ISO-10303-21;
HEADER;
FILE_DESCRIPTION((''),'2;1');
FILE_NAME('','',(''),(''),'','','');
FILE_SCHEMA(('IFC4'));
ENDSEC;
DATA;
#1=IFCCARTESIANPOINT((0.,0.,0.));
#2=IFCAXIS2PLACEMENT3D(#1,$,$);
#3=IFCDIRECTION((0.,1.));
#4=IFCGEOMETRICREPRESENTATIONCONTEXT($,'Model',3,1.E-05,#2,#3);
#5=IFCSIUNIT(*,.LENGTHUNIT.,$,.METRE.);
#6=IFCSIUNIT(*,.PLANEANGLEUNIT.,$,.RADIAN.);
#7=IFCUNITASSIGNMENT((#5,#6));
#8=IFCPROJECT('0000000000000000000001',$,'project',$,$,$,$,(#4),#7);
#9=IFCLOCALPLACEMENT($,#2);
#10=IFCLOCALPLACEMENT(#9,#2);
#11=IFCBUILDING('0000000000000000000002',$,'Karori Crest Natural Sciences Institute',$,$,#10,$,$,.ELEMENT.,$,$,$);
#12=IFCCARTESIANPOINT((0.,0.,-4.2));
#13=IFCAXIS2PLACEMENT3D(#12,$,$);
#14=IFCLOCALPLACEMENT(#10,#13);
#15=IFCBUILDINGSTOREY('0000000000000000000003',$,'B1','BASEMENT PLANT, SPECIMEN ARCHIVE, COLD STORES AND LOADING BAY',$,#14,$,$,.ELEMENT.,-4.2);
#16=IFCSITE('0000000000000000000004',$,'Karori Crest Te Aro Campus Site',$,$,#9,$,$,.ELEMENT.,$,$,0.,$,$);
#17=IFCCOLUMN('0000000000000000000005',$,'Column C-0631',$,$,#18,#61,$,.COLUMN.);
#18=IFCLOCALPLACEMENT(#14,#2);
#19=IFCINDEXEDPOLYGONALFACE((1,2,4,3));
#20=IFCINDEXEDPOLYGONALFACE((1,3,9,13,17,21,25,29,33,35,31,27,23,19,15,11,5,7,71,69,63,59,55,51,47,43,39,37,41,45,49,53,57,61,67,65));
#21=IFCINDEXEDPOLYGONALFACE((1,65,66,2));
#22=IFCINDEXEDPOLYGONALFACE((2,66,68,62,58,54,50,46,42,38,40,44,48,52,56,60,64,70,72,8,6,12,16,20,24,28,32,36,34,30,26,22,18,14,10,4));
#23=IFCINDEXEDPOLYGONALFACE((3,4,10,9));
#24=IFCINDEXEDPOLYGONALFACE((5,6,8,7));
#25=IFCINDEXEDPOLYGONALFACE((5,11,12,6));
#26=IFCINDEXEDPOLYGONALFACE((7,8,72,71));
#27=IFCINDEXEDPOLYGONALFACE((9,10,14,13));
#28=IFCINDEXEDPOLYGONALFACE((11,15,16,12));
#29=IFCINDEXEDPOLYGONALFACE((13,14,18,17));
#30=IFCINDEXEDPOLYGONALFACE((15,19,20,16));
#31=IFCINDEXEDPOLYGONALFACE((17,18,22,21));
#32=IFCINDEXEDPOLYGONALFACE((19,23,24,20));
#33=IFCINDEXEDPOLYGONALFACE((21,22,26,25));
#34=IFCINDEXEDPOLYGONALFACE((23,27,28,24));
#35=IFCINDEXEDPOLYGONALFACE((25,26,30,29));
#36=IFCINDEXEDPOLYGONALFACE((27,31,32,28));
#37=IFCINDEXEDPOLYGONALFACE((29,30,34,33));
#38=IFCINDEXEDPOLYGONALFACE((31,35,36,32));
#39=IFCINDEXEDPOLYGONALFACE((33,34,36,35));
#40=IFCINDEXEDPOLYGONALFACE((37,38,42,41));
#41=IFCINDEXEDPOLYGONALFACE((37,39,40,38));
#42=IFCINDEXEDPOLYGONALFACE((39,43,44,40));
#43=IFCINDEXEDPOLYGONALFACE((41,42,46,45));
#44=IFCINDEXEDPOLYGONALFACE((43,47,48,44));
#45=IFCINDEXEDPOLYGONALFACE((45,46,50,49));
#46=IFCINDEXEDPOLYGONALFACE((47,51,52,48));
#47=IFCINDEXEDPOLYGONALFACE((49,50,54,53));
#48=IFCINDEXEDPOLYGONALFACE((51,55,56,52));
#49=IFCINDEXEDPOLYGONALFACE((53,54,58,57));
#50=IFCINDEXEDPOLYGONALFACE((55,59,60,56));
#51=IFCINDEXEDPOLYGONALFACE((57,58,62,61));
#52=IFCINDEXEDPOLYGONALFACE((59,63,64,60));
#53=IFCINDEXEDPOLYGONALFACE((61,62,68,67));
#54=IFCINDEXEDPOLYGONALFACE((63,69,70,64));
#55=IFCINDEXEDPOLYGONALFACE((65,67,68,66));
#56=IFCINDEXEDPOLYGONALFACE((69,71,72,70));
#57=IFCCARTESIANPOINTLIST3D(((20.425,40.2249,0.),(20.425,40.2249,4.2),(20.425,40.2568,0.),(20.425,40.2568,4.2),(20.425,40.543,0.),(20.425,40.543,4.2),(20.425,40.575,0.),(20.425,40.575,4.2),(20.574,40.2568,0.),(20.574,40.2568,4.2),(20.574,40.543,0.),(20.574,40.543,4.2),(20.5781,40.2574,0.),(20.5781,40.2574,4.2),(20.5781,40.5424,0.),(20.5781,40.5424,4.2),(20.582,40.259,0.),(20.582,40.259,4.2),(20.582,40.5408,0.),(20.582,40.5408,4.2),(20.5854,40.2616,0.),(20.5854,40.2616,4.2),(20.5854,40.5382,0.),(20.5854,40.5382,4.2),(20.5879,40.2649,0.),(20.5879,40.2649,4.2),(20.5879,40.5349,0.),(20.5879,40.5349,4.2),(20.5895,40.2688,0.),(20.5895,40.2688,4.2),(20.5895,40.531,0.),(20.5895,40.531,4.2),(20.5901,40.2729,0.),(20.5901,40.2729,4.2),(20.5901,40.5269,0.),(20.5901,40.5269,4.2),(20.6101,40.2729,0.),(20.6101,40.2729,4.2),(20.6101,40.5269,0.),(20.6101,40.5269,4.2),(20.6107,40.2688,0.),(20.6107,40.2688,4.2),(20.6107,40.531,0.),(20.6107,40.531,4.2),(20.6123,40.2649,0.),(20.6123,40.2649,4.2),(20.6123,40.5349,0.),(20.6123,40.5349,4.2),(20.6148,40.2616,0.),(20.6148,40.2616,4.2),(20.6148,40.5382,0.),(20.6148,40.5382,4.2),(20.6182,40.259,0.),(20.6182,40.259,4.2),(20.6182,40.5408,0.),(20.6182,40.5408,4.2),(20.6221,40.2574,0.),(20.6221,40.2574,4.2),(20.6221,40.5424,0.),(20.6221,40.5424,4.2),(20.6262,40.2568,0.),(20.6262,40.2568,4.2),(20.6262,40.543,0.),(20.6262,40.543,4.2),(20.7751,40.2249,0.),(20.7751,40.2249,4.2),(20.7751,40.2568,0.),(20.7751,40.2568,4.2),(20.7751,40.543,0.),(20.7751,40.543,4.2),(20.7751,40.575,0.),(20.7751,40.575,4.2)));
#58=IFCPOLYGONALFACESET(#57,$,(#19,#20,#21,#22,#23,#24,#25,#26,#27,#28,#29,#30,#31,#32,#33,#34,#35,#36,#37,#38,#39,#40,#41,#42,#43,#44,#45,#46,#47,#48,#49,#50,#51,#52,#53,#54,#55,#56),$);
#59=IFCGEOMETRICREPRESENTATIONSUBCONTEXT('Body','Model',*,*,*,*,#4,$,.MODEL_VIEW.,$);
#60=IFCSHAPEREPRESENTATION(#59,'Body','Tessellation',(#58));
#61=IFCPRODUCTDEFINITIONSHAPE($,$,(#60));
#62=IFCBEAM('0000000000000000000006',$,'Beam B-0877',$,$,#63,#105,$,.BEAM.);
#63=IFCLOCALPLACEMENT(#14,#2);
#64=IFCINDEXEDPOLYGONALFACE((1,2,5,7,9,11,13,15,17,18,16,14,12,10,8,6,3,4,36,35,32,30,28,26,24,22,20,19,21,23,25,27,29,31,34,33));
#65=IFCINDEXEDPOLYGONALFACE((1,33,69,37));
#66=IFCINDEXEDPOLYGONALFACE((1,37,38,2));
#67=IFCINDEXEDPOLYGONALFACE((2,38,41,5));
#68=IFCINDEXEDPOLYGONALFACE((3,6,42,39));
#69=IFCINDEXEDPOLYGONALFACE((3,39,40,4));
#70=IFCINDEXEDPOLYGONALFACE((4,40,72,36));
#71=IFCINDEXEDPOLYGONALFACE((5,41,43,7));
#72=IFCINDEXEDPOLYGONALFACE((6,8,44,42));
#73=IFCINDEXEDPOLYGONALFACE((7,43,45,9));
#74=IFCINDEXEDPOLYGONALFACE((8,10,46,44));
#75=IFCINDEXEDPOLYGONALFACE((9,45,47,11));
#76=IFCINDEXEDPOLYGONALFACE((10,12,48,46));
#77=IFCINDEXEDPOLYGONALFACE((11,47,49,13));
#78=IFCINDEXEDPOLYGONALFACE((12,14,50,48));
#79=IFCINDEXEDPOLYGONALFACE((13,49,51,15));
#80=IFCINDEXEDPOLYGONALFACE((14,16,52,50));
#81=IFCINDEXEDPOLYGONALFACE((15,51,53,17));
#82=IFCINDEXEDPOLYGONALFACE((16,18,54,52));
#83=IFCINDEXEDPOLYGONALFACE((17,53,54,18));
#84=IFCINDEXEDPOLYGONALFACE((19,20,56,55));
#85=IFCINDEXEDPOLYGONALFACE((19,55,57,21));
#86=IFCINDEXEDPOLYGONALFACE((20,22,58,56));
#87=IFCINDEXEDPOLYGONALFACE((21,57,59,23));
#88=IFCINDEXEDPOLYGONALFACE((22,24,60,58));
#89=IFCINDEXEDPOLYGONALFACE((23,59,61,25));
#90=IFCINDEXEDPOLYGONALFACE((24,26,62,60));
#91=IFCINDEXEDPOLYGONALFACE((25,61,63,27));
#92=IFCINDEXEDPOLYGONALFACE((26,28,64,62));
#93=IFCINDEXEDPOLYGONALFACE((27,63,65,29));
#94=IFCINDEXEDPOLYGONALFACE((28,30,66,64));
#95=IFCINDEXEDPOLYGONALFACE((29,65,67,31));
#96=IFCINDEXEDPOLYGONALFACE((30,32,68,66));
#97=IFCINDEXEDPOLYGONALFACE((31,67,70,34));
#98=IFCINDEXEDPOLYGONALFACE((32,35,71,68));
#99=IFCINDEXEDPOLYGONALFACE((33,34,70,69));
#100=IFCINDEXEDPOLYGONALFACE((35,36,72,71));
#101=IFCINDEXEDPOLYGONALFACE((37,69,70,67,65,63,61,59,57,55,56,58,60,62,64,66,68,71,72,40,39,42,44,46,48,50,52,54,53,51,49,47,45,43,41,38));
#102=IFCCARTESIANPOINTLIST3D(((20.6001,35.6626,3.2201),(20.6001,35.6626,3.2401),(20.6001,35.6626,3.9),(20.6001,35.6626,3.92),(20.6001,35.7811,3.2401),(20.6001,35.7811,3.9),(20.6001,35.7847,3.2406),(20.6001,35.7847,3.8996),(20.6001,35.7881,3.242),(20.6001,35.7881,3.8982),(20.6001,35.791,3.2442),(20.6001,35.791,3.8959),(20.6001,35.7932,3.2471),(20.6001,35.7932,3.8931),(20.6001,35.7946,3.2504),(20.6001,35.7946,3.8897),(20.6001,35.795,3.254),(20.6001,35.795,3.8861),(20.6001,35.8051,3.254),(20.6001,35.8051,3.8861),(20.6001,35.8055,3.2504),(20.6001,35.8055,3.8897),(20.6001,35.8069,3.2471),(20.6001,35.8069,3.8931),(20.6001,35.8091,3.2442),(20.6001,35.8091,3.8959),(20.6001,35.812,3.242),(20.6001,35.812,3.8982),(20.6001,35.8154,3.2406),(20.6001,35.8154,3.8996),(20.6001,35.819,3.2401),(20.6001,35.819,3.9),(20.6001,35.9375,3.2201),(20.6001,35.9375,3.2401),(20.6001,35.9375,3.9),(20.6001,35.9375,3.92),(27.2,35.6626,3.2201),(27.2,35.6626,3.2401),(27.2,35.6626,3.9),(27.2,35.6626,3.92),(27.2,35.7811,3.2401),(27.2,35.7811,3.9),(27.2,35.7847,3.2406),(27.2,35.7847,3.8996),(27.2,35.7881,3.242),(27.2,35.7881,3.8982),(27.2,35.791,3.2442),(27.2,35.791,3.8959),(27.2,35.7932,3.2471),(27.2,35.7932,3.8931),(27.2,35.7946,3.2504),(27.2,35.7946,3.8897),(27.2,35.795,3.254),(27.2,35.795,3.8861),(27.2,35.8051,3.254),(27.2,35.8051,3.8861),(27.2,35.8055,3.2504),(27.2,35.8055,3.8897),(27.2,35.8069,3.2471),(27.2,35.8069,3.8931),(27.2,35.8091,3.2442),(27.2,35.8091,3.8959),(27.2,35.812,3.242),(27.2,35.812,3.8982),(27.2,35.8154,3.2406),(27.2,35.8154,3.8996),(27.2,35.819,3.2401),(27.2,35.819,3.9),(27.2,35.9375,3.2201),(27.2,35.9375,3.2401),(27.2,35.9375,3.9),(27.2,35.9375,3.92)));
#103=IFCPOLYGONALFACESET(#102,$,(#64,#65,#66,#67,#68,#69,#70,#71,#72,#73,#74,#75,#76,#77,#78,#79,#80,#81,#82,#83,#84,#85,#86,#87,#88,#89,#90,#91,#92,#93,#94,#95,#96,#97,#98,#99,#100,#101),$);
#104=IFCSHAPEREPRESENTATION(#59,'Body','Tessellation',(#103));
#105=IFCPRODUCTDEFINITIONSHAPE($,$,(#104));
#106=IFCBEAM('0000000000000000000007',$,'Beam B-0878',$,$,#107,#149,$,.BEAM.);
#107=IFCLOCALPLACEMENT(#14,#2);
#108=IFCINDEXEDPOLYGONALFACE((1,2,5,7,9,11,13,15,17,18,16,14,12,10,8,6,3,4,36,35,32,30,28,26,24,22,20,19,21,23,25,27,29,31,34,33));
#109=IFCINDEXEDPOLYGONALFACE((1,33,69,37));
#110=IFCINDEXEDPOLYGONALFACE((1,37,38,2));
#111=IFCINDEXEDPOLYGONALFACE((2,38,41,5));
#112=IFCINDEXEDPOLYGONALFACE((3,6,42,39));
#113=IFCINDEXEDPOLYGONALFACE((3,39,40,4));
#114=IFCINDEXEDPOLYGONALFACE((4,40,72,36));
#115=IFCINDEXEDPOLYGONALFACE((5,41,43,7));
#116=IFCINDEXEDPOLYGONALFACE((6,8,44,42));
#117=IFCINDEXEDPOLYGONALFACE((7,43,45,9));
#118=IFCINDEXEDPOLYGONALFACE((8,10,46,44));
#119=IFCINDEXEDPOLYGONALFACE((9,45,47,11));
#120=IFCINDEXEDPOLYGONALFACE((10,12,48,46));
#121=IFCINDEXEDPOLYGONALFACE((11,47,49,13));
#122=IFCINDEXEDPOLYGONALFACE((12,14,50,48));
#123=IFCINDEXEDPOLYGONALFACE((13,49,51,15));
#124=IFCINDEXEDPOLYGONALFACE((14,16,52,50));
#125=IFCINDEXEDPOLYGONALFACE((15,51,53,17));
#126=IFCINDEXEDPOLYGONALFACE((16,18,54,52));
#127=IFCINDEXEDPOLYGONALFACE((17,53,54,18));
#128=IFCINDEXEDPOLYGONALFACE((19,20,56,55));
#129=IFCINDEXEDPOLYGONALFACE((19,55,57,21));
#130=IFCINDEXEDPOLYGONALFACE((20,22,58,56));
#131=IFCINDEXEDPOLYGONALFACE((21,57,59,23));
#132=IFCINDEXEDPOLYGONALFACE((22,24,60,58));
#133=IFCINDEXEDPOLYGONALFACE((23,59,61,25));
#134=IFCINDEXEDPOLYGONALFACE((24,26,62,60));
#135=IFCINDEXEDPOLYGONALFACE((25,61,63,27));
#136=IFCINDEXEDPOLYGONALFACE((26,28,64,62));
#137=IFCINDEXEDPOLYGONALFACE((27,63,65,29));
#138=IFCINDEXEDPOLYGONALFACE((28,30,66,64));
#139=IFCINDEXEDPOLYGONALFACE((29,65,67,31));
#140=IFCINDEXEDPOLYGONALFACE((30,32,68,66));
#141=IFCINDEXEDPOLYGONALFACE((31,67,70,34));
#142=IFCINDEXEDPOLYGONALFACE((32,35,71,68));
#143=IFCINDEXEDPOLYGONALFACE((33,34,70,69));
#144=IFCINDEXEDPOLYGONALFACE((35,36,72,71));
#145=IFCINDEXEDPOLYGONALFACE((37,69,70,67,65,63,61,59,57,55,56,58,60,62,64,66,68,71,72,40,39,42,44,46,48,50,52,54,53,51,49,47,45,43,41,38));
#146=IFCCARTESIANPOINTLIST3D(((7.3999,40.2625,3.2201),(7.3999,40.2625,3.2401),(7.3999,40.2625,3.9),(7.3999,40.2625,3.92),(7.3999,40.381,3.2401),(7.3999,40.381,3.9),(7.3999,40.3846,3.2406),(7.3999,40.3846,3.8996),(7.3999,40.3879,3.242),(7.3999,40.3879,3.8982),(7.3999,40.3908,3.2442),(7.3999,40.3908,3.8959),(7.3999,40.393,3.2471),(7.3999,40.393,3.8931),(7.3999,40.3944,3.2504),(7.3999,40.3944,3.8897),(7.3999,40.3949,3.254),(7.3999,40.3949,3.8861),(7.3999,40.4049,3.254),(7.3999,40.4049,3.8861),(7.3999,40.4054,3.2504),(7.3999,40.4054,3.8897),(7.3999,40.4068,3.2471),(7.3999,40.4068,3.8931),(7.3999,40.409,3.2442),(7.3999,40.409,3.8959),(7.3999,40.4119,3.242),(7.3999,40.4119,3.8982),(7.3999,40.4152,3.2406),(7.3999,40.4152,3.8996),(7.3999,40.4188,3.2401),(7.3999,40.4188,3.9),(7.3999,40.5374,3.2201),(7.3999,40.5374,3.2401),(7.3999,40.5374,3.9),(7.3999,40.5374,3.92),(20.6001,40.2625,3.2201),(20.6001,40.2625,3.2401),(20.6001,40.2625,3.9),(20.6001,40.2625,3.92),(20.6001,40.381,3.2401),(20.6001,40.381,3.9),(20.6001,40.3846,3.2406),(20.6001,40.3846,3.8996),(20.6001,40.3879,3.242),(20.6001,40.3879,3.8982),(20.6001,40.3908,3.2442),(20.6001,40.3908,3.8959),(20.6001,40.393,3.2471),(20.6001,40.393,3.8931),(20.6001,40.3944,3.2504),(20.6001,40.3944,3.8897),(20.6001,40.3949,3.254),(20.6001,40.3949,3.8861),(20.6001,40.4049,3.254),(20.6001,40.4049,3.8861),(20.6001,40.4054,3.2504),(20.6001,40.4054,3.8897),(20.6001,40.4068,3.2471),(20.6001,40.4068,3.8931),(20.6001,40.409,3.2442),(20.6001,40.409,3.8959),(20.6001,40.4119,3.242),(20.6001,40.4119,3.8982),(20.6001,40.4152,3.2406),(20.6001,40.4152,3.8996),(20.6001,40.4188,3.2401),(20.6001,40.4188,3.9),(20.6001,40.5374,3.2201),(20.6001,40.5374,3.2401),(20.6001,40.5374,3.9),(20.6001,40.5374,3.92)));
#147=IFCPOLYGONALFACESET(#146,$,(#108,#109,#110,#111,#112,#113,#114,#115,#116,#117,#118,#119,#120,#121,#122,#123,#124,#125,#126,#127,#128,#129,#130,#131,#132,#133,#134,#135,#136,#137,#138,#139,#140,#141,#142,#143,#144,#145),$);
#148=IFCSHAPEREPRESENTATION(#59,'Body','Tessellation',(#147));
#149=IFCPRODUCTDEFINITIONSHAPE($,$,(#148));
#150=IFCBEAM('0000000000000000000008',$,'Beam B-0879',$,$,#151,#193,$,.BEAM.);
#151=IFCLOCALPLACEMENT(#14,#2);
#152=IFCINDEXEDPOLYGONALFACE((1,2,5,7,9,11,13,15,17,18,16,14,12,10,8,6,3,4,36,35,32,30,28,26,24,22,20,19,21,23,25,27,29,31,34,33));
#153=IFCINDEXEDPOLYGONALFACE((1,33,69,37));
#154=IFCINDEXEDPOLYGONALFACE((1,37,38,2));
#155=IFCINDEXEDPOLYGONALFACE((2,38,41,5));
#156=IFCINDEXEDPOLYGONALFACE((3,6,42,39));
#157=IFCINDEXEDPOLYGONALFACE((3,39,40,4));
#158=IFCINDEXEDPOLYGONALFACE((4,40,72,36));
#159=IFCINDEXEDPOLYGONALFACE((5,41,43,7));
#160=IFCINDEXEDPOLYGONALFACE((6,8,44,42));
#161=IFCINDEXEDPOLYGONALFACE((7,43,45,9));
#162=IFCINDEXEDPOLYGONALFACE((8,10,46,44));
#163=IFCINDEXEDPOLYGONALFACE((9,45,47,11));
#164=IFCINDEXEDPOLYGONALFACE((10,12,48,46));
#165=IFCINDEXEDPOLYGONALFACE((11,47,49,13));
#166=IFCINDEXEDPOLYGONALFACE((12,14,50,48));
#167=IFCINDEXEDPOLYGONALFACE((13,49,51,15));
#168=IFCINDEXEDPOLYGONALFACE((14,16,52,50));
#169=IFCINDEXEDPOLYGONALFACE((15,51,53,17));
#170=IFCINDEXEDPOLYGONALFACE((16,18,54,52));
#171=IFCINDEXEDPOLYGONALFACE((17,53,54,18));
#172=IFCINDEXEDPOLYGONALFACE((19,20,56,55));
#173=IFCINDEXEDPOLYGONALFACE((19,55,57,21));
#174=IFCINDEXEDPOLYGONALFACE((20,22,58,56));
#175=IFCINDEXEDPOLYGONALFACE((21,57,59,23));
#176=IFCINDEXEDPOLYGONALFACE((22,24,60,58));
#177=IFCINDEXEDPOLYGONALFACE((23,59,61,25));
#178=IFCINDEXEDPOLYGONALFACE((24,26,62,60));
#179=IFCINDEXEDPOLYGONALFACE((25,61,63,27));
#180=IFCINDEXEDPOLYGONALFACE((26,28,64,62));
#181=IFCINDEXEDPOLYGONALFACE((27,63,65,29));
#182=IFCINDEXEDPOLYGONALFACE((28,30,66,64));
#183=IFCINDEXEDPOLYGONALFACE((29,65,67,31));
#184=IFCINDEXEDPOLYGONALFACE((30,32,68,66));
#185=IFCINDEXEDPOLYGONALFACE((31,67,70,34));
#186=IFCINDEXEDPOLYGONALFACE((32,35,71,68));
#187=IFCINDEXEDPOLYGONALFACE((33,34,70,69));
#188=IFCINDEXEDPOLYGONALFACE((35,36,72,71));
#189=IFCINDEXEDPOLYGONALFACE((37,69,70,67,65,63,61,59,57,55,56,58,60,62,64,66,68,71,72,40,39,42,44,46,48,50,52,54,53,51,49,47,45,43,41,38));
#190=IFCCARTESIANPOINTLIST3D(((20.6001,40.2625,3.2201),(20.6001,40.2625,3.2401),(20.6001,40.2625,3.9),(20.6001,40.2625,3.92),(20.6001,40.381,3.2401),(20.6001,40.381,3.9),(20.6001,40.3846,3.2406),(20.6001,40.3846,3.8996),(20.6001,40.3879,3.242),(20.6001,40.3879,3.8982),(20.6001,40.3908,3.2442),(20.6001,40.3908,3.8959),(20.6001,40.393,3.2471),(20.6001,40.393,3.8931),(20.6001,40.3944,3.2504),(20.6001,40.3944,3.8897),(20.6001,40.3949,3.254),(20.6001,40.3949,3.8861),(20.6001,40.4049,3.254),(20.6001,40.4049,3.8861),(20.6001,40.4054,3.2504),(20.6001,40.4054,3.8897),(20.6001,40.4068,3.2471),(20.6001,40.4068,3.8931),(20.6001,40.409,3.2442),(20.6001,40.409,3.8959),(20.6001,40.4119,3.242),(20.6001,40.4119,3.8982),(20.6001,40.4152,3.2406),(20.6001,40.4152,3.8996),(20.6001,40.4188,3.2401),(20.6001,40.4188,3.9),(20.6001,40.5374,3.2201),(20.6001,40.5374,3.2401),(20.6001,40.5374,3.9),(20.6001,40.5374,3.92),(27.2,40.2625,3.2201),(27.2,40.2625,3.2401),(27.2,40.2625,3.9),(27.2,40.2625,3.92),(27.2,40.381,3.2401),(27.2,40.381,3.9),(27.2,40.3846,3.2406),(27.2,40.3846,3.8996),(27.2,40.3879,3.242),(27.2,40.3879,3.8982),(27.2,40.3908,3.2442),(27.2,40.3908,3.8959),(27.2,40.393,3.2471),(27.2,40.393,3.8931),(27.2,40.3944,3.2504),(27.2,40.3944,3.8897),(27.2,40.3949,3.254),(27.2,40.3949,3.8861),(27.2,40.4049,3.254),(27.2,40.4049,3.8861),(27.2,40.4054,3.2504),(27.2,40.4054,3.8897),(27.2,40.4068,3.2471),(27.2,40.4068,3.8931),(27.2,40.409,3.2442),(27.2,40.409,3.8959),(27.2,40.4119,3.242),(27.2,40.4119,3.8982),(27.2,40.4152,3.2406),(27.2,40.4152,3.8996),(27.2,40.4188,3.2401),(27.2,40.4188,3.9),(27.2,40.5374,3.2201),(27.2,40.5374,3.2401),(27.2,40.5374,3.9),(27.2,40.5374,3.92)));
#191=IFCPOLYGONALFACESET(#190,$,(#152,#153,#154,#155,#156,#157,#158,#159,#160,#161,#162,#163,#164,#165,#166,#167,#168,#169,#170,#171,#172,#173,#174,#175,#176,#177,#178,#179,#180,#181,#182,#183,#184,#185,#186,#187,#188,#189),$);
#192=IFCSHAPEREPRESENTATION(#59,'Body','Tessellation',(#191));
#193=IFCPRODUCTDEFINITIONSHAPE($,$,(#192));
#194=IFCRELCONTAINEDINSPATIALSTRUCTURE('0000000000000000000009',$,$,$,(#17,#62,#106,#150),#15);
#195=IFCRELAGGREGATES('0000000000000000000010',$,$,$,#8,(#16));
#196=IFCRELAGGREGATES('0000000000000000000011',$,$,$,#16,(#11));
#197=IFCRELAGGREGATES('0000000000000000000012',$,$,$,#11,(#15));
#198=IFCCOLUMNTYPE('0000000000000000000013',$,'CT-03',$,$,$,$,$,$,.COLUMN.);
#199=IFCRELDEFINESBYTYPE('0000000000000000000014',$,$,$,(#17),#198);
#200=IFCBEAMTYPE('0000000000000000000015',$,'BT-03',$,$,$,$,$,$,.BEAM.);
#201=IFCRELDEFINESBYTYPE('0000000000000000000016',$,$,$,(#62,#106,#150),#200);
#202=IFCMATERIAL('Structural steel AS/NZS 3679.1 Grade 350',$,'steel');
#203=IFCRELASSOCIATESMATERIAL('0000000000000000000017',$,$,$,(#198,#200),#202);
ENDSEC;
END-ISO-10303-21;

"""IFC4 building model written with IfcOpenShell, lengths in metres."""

from ifc_helpers import new_model, si_unit, direction, frame, origin, origin_2d, place, context, subcontext, project, spatial, i_section, extrude, material, material_profile, profile_set, type_object, element, save


model = new_model("IFC4")

# Units and contexts
model_context = context("Model", 3, precision=1e-05, world=origin(), true_north=direction((0.0, 1.0)))
body_context = subcontext(model_context, "Body", "Model", "MODEL_VIEW")
ifc_project = project(units=[si_unit("LENGTHUNIT", "METRE"), si_unit("PLANEANGLEUNIT", "RADIAN")], contexts=[model_context])

# Site, building, storey
site_placement = place(None, origin())
site = spatial("IfcSite", under=ifc_project, at=site_placement, Name="Karori Crest Te Aro Campus Site", CompositionType="ELEMENT", RefElevation=0.0)
building_placement = place(site_placement, origin())
building = spatial("IfcBuilding", under=site, at=building_placement, Name="Karori Crest Natural Sciences Institute", CompositionType="ELEMENT")
storey_placement = place(building_placement, frame((0.0, 0.0, -4.2)))
storey = spatial("IfcBuildingStorey", under=building, at=storey_placement, Name="B1", Description="BASEMENT PLANT, SPECIMEN ARCHIVE, COLD STORES AND LOADING BAY", CompositionType="ELEMENT", Elevation=-4.2)

# Column
ifc_material_1 = material(Name="Structural steel AS/NZS 3679.1 Grade 350", Category="steel")
ifc_material_profile_1 = material_profile(ifc_material_1, i_section(OverallWidth=0.3501, OverallDepth=0.3501, WebThickness=0.02, FlangeThickness=0.032, FilletRadius=0.0161, at=origin_2d()), Name="350WC280")
ifc_profile_set_1 = profile_set([ifc_material_profile_1], Name="Structural steel AS/NZS 3679.1 Grade 350")
column_type = type_object("IfcColumnType", Name="CT-03", PredefinedType="COLUMN", material=ifc_profile_set_1)
for number, where, z_axis, x_axis, name in (
    (1, (20.6001, 40.3999, 0.0), (0.0, 0.0, 1.0), (1.0, 0.0, 0.0), "Column C-0631"),
):
    element("IfcColumn", number, at=place(storey_placement, frame(where, z_axis=z_axis, x_axis=x_axis)), inside=storey, type_object=column_type, Name=name, PredefinedType="COLUMN", context=body_context, shape_type="SweptSolid", body=[
        extrude(i_section(OverallWidth=0.3501, OverallDepth=0.3501, WebThickness=0.02, FlangeThickness=0.032, FilletRadius=0.0161, at=origin_2d()), origin(), (0.0, 0.0, 1.0), 4.2),
    ])

# Beams
ifc_material_profile_2 = material_profile(ifc_material_1, i_section(OverallWidth=0.2749, OverallDepth=0.7, WebThickness=0.01, FlangeThickness=0.02, FilletRadius=0.0139, at=origin_2d()), Name="700WB150")
ifc_profile_set_2 = profile_set([ifc_material_profile_2], Name="Structural steel AS/NZS 3679.1 Grade 350")
beam_type_1 = type_object("IfcBeamType", Name="BT-03", PredefinedType="BEAM", material=ifc_profile_set_2)
beam_1_placement = place(storey_placement, frame((20.6001, 35.8, 3.5701), z_axis=(1.0, 0.0, 0.0), x_axis=(0.0, 1.0, 0.0)))
element("IfcBeam", 2, at=beam_1_placement, inside=storey, type_object=beam_type_1, Name="Beam B-0877", PredefinedType="BEAM", context=body_context, shape_type="SweptSolid", body=[
    extrude(i_section(OverallWidth=0.2749, OverallDepth=0.7, WebThickness=0.01, FlangeThickness=0.02, FilletRadius=0.0139, at=origin_2d()), origin(), (0.0, 0.0, 1.0), 6.5999),
])
beam_2_placement = place(storey_placement, frame((7.3999, 40.3999, 3.5701), z_axis=(1.0, 0.0, 0.0), x_axis=(0.0, 1.0, 0.0)))
element("IfcBeam", 3, at=beam_2_placement, inside=storey, type_object=beam_type_1, Name="Beam B-0878", PredefinedType="BEAM", context=body_context, shape_type="SweptSolid", body=[
    extrude(i_section(OverallWidth=0.2749, OverallDepth=0.7, WebThickness=0.01, FlangeThickness=0.02, FilletRadius=0.0139, at=origin_2d()), origin(), (0.0, 0.0, 1.0), 13.2002),
])
beam_3_placement = place(storey_placement, frame((20.6001, 40.3999, 3.5701), z_axis=(1.0, 0.0, 0.0), x_axis=(0.0, 1.0, 0.0)))
element("IfcBeam", 4, at=beam_3_placement, inside=storey, type_object=beam_type_1, Name="Beam B-0879", PredefinedType="BEAM", context=body_context, shape_type="SweptSolid", body=[
    extrude(i_section(OverallWidth=0.2749, OverallDepth=0.7, WebThickness=0.01, FlangeThickness=0.02, FilletRadius=0.0139, at=origin_2d()), origin(), (0.0, 0.0, 1.0), 6.5999),
])

save(model, "model.ifc")
